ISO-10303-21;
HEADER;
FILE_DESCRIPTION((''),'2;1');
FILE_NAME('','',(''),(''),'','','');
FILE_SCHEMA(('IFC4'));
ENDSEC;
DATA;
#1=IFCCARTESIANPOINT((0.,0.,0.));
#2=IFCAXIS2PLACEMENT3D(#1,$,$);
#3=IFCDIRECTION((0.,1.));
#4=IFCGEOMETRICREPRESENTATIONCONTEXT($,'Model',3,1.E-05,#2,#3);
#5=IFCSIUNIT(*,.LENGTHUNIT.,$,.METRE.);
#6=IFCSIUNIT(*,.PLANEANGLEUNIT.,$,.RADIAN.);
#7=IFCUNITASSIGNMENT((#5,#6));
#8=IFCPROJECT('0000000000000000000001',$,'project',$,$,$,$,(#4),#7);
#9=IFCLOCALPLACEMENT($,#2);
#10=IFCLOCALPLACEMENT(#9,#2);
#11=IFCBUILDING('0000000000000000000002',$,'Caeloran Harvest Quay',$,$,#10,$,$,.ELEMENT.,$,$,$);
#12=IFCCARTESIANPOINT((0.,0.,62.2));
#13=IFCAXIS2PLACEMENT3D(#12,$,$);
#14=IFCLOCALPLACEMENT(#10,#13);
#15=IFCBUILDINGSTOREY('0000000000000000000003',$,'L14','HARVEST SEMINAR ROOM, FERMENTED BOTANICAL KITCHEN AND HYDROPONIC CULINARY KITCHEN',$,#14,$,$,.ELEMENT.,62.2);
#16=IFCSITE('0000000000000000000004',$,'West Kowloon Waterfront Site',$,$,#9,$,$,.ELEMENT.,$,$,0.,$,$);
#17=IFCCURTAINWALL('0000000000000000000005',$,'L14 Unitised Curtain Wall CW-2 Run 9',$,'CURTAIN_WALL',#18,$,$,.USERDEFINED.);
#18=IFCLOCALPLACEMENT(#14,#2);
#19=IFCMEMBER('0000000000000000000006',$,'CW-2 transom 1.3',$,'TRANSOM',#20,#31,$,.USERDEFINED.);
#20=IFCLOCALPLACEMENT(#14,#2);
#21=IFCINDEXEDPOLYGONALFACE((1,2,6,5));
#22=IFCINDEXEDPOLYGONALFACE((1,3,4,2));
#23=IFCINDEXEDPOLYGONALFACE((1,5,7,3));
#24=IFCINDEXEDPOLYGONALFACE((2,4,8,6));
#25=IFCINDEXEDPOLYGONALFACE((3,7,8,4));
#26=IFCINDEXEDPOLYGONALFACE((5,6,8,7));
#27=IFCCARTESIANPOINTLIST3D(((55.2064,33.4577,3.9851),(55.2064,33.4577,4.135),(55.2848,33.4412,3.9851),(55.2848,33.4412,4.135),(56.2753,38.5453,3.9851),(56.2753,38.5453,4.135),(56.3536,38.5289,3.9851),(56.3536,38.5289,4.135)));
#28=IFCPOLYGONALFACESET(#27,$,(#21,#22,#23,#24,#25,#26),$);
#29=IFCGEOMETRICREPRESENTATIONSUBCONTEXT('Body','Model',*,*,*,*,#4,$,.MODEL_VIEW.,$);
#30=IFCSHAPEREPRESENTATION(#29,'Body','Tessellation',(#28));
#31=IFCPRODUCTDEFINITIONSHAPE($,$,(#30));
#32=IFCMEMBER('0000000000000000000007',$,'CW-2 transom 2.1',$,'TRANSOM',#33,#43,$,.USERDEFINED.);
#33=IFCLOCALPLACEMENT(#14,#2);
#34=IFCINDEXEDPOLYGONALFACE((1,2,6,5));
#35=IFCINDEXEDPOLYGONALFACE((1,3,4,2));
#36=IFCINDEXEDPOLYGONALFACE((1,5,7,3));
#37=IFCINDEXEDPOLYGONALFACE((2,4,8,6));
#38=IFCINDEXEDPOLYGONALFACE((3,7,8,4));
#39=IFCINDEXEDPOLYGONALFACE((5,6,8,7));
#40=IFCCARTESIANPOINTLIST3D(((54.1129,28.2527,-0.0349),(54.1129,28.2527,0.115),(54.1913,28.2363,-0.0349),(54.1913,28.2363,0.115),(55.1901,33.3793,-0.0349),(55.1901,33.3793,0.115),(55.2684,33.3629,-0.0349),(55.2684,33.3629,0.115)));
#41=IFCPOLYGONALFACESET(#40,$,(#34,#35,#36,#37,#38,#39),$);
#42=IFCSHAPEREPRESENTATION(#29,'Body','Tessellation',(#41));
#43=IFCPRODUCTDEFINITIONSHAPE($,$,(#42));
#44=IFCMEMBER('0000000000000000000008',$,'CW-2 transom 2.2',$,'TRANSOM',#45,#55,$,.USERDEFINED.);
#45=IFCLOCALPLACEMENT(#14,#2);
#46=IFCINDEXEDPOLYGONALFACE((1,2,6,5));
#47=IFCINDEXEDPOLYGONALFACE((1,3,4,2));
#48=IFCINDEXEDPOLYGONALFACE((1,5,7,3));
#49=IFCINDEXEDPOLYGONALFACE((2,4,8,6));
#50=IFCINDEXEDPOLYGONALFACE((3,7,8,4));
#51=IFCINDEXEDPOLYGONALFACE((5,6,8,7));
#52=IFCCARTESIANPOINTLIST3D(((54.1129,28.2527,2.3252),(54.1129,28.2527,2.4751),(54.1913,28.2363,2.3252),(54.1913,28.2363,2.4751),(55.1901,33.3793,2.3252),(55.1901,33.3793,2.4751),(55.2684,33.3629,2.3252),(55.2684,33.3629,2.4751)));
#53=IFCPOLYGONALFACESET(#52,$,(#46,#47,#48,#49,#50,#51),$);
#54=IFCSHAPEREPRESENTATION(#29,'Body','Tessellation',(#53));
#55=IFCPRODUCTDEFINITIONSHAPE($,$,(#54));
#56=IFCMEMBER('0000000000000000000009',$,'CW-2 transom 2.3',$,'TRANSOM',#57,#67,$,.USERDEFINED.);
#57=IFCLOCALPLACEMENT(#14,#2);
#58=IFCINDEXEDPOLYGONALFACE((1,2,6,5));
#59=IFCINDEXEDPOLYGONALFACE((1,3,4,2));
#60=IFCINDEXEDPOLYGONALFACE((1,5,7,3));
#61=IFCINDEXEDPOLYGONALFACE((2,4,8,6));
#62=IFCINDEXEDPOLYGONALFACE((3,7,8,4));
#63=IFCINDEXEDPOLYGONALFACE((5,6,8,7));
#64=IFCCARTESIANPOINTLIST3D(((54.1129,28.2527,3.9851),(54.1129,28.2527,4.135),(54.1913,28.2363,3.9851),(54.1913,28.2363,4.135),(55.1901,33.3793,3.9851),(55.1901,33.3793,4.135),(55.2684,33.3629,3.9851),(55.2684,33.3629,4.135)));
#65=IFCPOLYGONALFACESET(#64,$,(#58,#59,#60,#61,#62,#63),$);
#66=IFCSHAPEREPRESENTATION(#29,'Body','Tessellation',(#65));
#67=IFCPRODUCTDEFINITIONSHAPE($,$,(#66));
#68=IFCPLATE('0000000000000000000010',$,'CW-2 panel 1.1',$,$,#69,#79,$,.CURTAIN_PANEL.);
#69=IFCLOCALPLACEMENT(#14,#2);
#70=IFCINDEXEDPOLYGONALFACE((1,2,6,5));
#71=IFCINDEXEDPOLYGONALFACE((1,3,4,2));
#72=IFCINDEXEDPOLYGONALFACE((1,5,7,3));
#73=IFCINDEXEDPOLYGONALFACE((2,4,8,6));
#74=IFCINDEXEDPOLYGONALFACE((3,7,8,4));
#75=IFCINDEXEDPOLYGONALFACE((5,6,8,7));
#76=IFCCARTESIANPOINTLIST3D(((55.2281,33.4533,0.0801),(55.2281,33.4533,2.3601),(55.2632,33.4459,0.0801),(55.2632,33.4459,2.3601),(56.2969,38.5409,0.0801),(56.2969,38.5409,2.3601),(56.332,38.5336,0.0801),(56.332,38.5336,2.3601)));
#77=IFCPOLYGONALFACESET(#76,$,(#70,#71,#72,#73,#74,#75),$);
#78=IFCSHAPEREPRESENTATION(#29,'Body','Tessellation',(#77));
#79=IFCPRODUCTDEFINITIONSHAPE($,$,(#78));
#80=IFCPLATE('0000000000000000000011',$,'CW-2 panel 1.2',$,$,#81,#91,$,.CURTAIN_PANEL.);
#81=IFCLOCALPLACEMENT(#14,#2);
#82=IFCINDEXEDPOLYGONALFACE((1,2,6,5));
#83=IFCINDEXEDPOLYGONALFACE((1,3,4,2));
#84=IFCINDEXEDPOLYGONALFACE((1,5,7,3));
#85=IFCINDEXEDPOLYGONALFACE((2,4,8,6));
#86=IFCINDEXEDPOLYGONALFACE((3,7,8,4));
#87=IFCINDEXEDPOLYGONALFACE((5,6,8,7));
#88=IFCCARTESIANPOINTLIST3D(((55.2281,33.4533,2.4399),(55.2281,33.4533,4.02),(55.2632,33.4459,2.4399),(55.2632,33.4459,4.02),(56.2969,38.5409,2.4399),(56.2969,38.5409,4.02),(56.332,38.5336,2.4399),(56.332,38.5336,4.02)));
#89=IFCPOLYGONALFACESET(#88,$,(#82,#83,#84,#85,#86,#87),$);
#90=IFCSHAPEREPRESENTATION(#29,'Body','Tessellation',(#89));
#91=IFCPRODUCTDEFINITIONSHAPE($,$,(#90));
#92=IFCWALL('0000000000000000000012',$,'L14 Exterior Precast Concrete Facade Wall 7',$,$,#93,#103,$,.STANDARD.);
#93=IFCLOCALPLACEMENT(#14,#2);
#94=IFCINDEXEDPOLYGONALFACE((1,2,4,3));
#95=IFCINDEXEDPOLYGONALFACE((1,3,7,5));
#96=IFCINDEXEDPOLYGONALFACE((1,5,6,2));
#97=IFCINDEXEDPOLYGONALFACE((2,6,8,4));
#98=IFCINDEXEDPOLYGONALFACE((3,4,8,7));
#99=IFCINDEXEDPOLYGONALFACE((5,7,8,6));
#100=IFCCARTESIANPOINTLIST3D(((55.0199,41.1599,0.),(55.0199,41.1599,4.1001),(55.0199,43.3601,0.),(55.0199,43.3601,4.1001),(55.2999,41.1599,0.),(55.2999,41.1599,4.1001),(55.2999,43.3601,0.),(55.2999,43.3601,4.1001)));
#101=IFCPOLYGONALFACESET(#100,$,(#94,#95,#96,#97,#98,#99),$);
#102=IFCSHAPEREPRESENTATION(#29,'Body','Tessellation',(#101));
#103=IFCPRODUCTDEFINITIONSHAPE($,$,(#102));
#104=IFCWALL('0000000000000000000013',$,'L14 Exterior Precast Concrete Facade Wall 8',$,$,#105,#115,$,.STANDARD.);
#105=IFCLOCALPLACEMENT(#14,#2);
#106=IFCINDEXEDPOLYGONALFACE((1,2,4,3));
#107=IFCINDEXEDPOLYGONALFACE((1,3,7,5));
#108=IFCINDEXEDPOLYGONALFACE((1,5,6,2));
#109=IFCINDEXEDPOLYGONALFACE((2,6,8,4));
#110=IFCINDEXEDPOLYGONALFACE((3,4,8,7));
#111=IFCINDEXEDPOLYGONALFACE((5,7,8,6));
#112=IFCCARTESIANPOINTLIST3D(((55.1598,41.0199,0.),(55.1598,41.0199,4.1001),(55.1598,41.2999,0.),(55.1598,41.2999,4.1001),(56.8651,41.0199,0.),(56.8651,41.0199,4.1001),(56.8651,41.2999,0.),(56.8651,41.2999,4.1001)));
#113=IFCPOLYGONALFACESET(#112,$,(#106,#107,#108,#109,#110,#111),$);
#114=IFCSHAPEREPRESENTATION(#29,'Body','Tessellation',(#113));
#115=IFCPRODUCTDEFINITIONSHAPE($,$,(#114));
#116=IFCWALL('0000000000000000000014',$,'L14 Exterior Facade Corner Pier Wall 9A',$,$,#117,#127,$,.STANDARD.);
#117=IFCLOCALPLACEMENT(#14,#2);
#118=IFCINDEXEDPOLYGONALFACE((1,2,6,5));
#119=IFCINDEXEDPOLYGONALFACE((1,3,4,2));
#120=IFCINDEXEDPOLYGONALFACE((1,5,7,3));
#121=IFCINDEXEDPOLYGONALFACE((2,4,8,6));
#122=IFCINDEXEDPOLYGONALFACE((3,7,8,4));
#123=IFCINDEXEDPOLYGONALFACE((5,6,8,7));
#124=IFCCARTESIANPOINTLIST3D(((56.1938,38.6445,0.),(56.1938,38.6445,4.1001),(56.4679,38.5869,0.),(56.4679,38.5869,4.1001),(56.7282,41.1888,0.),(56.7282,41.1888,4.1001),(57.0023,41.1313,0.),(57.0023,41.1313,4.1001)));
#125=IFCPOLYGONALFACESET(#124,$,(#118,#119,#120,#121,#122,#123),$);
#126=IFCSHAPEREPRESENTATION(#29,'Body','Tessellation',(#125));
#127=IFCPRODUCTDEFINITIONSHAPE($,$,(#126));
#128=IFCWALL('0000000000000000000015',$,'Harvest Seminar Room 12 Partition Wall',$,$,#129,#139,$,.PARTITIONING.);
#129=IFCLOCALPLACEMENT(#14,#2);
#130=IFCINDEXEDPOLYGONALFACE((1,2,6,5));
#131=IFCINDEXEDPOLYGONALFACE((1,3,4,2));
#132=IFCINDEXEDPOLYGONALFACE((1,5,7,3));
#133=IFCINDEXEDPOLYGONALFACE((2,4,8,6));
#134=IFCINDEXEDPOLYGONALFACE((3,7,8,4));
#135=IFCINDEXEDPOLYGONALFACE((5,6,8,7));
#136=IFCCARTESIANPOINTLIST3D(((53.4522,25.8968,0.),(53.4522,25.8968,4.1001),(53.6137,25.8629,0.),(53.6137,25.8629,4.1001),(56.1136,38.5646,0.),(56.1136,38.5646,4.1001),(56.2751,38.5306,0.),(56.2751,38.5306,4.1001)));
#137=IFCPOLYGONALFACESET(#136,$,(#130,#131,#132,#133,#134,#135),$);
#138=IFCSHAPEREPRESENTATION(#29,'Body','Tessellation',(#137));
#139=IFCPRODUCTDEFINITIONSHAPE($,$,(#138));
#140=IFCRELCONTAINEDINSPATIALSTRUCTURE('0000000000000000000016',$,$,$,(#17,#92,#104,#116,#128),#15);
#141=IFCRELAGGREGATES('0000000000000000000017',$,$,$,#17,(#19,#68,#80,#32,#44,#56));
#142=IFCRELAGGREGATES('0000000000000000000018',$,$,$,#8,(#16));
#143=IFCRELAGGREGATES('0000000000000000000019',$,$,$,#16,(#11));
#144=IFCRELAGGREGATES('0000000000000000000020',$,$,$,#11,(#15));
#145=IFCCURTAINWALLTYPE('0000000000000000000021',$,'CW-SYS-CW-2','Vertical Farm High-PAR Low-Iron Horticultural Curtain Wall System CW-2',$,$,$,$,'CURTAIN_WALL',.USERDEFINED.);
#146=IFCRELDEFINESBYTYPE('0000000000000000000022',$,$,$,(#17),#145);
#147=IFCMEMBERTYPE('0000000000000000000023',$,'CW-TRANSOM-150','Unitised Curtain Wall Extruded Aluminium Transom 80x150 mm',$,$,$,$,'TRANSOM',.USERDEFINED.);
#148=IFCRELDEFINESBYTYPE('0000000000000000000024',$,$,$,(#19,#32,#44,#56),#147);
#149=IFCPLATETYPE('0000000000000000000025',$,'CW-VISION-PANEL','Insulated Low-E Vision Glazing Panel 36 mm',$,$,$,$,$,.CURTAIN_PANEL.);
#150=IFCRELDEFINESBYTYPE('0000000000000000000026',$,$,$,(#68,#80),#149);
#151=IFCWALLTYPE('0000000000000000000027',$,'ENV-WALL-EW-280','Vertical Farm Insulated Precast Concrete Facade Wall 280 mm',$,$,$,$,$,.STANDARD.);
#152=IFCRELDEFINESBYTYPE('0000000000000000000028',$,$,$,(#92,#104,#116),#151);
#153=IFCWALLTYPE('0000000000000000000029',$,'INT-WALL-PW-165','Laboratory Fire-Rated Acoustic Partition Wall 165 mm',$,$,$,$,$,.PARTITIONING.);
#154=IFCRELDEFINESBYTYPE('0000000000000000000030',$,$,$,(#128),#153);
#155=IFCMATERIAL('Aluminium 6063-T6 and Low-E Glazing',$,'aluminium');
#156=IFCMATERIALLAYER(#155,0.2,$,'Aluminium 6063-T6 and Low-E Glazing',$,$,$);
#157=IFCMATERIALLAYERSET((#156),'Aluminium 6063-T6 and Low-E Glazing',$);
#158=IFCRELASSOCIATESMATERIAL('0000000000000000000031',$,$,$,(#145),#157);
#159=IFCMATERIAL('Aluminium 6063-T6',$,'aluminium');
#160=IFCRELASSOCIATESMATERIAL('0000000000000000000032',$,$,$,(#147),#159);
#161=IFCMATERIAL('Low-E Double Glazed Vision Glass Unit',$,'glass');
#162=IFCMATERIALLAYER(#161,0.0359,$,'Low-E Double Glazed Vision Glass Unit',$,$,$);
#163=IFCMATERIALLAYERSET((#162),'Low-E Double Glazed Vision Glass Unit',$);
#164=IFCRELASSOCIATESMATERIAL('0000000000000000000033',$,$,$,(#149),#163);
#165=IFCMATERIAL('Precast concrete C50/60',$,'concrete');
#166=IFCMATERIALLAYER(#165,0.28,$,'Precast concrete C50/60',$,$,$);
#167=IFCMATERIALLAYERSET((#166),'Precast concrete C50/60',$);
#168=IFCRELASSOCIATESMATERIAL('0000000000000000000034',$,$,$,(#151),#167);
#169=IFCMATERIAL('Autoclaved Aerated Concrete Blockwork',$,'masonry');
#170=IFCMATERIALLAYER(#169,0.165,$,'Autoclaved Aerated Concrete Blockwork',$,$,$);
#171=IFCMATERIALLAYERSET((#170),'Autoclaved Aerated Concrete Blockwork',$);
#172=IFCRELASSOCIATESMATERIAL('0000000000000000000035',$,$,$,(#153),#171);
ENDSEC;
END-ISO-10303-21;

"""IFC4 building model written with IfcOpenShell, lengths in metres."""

from ifc_helpers import new_model, si_unit, direction, frame, frame_2d, origin, origin_2d, place, context, subcontext, project, spatial, rectangle, extrude, material, layer, layer_set, material_profile, profile_set, type_object, element, aggregate, save


model = new_model("IFC4")

# Units and contexts
model_context = context("Model", 3, precision=1e-05, world=origin(), true_north=direction((0.0, 1.0)))
body_context = subcontext(model_context, "Body", "Model", "MODEL_VIEW")
ifc_project = project(units=[si_unit("LENGTHUNIT", "METRE"), si_unit("PLANEANGLEUNIT", "RADIAN")], contexts=[model_context])

# Site, building, storey
site_placement = place(None, origin())
site = spatial("IfcSite", under=ifc_project, at=site_placement, Name="West Kowloon Waterfront Site", CompositionType="ELEMENT", RefElevation=0.0)
building_placement = place(site_placement, origin())
building = spatial("IfcBuilding", under=site, at=building_placement, Name="Caeloran Harvest Quay", CompositionType="ELEMENT")
storey_placement = place(building_placement, frame((0.0, 0.0, 62.2)))
storey = spatial("IfcBuildingStorey", under=building, at=storey_placement, Name="L14", Description="HARVEST SEMINAR ROOM, FERMENTED BOTANICAL KITCHEN AND HYDROPONIC CULINARY KITCHEN", CompositionType="ELEMENT", Elevation=62.2)

# Curtain wall, members, plates
ifc_material_1 = material(Name="Aluminium 6063-T6 and Low-E Glazing", Category="aluminium")
ifc_layer_1 = layer(ifc_material_1, 0.2, Name="Aluminium 6063-T6 and Low-E Glazing")
ifc_layer_set_1 = layer_set([ifc_layer_1], Name="Aluminium 6063-T6 and Low-E Glazing")
curtain_wall_type = type_object("IfcCurtainWallType", Name="CW-SYS-CW-2", Description="Vertical Farm High-PAR Low-Iron Horticultural Curtain Wall System CW-2", ElementType="CURTAIN_WALL", PredefinedType="USERDEFINED", material=ifc_layer_set_1)
curtain_wall_placement = place(storey_placement, origin())
curtain_wall = element("IfcCurtainWall", 1, at=curtain_wall_placement, inside=storey, type_object=curtain_wall_type, Name="L14 Unitised Curtain Wall CW-2 Run 9", ObjectType="CURTAIN_WALL", PredefinedType="USERDEFINED")
ifc_material_2 = material(Name="Aluminium 6063-T6", Category="aluminium")
ifc_material_profile_1 = material_profile(ifc_material_2, rectangle(XDim=0.0801, YDim=0.1499, at=origin_2d()), Name="CW-TRANSOM-150")
ifc_profile_set_1 = profile_set([ifc_material_profile_1], Name="Aluminium 6063-T6")
member_type_1 = type_object("IfcMemberType", Name="CW-TRANSOM-150", Description="Unitised Curtain Wall Extruded Aluminium Transom 80x150 mm", ElementType="TRANSOM", PredefinedType="USERDEFINED", material=ifc_profile_set_1)
member_1_placement = place(storey_placement, frame((56.3145, 38.5371, 4.0601), z_axis=(-0.205599, -0.978636, 0.0), x_axis=(0.978636, -0.205599, 0.0)))
member_1 = element("IfcMember", 2, at=member_1_placement, type_object=member_type_1, Name="CW-2 transom 1.3", ObjectType="TRANSOM", PredefinedType="USERDEFINED", context=body_context, shape_type="SweptSolid", body=[
    extrude(rectangle(XDim=0.0801, YDim=0.1499, at=origin_2d()), origin(), (0.0, 0.0, 1.0), 5.1987),
])
member_2_placement = place(storey_placement, frame((55.2292, 33.3711, 0.04), z_axis=(-0.205616, -0.978633, 0.0), x_axis=(0.978633, -0.205616, 0.0)))
member_2 = element("IfcMember", 3, at=member_2_placement, type_object=member_type_1, Name="CW-2 transom 2.1", ObjectType="TRANSOM", PredefinedType="USERDEFINED", context=body_context, shape_type="SweptSolid", body=[
    extrude(rectangle(XDim=0.0801, YDim=0.1499, at=origin_2d()), origin(), (0.0, 0.0, 1.0), 5.2385),
])
member_3_placement = place(storey_placement, frame((55.2292, 33.3711, 2.4001), z_axis=(-0.205616, -0.978633, 0.0), x_axis=(0.978633, -0.205616, 0.0)))
member_3 = element("IfcMember", 4, at=member_3_placement, type_object=member_type_1, Name="CW-2 transom 2.2", ObjectType="TRANSOM", PredefinedType="USERDEFINED", context=body_context, shape_type="SweptSolid", body=[
    extrude(rectangle(XDim=0.0801, YDim=0.1499, at=origin_2d()), origin(), (0.0, 0.0, 1.0), 5.2385),
])
member_4_placement = place(storey_placement, frame((55.2292, 33.3711, 4.0601), z_axis=(-0.205616, -0.978633, 0.0), x_axis=(0.978633, -0.205616, 0.0)))
member_4 = element("IfcMember", 5, at=member_4_placement, type_object=member_type_1, Name="CW-2 transom 2.3", ObjectType="TRANSOM", PredefinedType="USERDEFINED", context=body_context, shape_type="SweptSolid", body=[
    extrude(rectangle(XDim=0.0801, YDim=0.1499, at=origin_2d()), origin(), (0.0, 0.0, 1.0), 5.2385),
])
ifc_material_3 = material(Name="Low-E Double Glazed Vision Glass Unit", Category="glass")
ifc_layer_2 = layer(ifc_material_3, 0.0359, Name="Low-E Double Glazed Vision Glass Unit")
ifc_layer_set_2 = layer_set([ifc_layer_2], Name="Low-E Double Glazed Vision Glass Unit")
plate_type = type_object("IfcPlateType", Name="CW-VISION-PANEL", Description="Insulated Low-E Vision Glazing Panel 36 mm", PredefinedType="CURTAIN_PANEL", material=ifc_layer_set_2)
plate_1_placement = place(storey_placement, frame((55.78, 35.9934, 0.0801), z_axis=(0.0, 0.0, 1.0), x_axis=(-0.205583, -0.97864, 0.0)))
plate_1 = element("IfcPlate", 6, at=plate_1_placement, type_object=plate_type, Name="CW-2 panel 1.1", PredefinedType="CURTAIN_PANEL", context=body_context, shape_type="SweptSolid", body=[
    extrude(rectangle(XDim=5.1987, YDim=0.0359, at=origin_2d()), origin(), (0.0, 0.0, 1.0), 2.28),
])
plate_2_placement = place(storey_placement, frame((55.78, 35.9934, 2.4399), z_axis=(0.0, 0.0, 1.0), x_axis=(-0.205583, -0.97864, 0.0)))
plate_2 = element("IfcPlate", 7, at=plate_2_placement, type_object=plate_type, Name="CW-2 panel 1.2", PredefinedType="CURTAIN_PANEL", context=body_context, shape_type="SweptSolid", body=[
    extrude(rectangle(XDim=5.1987, YDim=0.0359, at=origin_2d()), origin(), (0.0, 0.0, 1.0), 1.5801),
])
aggregate(curtain_wall, [member_1, plate_1, plate_2, member_2, member_3, member_4])

# Walls
ifc_material_4 = material(Name="Precast concrete C50/60", Category="concrete")
ifc_layer_3 = layer(ifc_material_4, 0.28, Name="Precast concrete C50/60")
ifc_layer_set_3 = layer_set([ifc_layer_3], Name="Precast concrete C50/60")
wall_type_1 = type_object("IfcWallType", Name="ENV-WALL-EW-280", Description="Vertical Farm Insulated Precast Concrete Facade Wall 280 mm", PredefinedType="STANDARD", material=ifc_layer_set_3)
wall_1_placement = place(storey_placement, frame((55.1599, 43.3601, 0.0), z_axis=(0.0, 0.0, 1.0), x_axis=(0.0, -1.0, 0.0)))
element("IfcWall", 8, at=wall_1_placement, inside=storey, type_object=wall_type_1, Name="L14 Exterior Precast Concrete Facade Wall 7", PredefinedType="STANDARD", context=body_context, shape_type="SweptSolid", body=[
    extrude(rectangle(XDim=2.2002, YDim=0.28, at=frame_2d((1.1001, 0.0))), origin(), (0.0, 0.0, 1.0), 4.1001),
])
wall_2_placement = place(storey_placement, frame((55.1599, 41.1599, 0.0), z_axis=(0.0, 0.0, 1.0), x_axis=(1.0, 0.0, 0.0)))
element("IfcWall", 9, at=wall_2_placement, inside=storey, type_object=wall_type_1, Name="L14 Exterior Precast Concrete Facade Wall 8", PredefinedType="STANDARD", context=body_context, shape_type="SweptSolid", body=[
    extrude(rectangle(XDim=1.7053, YDim=0.28, at=frame_2d((0.8525, 0.0))), origin(), (0.0, 0.0, 1.0), 4.1001),
])
wall_3_placement = place(storey_placement, frame((56.8652, 41.1599, 0.0), z_axis=(0.0, 0.0, 1.0), x_axis=(-0.205551, -0.978646, 0.0)))
element("IfcWall", 10, at=wall_3_placement, inside=storey, type_object=wall_type_1, Name="L14 Exterior Facade Corner Pier Wall 9A", PredefinedType="STANDARD", context=body_context, shape_type="SweptSolid", body=[
    extrude(rectangle(XDim=2.5999, YDim=0.28, at=frame_2d((1.2998, 0.0))), origin(), (0.0, 0.0, 1.0), 4.1001),
])
ifc_material_5 = material(Name="Autoclaved Aerated Concrete Blockwork", Category="masonry")
ifc_layer_4 = layer(ifc_material_5, 0.165, Name="Autoclaved Aerated Concrete Blockwork")
ifc_layer_set_4 = layer_set([ifc_layer_4], Name="Autoclaved Aerated Concrete Blockwork")
wall_type_2 = type_object("IfcWallType", Name="INT-WALL-PW-165", Description="Laboratory Fire-Rated Acoustic Partition Wall 165 mm", PredefinedType="PARTITIONING", material=ifc_layer_set_4)
wall_4_placement = place(storey_placement, frame((56.1943, 38.5476, 0.0), z_axis=(0.0, 0.0, 1.0), x_axis=(-0.205603, -0.978636, 0.0)))
element("IfcWall", 11, at=wall_4_placement, inside=storey, type_object=wall_type_2, Name="Harvest Seminar Room 12 Partition Wall", PredefinedType="PARTITIONING", context=body_context, shape_type="SweptSolid", body=[
    extrude(rectangle(XDim=12.9443, YDim=0.165, at=frame_2d((6.4722, 0.0))), origin(), (0.0, 0.0, 1.0), 4.1001),
])

save(model, "model.ifc")
